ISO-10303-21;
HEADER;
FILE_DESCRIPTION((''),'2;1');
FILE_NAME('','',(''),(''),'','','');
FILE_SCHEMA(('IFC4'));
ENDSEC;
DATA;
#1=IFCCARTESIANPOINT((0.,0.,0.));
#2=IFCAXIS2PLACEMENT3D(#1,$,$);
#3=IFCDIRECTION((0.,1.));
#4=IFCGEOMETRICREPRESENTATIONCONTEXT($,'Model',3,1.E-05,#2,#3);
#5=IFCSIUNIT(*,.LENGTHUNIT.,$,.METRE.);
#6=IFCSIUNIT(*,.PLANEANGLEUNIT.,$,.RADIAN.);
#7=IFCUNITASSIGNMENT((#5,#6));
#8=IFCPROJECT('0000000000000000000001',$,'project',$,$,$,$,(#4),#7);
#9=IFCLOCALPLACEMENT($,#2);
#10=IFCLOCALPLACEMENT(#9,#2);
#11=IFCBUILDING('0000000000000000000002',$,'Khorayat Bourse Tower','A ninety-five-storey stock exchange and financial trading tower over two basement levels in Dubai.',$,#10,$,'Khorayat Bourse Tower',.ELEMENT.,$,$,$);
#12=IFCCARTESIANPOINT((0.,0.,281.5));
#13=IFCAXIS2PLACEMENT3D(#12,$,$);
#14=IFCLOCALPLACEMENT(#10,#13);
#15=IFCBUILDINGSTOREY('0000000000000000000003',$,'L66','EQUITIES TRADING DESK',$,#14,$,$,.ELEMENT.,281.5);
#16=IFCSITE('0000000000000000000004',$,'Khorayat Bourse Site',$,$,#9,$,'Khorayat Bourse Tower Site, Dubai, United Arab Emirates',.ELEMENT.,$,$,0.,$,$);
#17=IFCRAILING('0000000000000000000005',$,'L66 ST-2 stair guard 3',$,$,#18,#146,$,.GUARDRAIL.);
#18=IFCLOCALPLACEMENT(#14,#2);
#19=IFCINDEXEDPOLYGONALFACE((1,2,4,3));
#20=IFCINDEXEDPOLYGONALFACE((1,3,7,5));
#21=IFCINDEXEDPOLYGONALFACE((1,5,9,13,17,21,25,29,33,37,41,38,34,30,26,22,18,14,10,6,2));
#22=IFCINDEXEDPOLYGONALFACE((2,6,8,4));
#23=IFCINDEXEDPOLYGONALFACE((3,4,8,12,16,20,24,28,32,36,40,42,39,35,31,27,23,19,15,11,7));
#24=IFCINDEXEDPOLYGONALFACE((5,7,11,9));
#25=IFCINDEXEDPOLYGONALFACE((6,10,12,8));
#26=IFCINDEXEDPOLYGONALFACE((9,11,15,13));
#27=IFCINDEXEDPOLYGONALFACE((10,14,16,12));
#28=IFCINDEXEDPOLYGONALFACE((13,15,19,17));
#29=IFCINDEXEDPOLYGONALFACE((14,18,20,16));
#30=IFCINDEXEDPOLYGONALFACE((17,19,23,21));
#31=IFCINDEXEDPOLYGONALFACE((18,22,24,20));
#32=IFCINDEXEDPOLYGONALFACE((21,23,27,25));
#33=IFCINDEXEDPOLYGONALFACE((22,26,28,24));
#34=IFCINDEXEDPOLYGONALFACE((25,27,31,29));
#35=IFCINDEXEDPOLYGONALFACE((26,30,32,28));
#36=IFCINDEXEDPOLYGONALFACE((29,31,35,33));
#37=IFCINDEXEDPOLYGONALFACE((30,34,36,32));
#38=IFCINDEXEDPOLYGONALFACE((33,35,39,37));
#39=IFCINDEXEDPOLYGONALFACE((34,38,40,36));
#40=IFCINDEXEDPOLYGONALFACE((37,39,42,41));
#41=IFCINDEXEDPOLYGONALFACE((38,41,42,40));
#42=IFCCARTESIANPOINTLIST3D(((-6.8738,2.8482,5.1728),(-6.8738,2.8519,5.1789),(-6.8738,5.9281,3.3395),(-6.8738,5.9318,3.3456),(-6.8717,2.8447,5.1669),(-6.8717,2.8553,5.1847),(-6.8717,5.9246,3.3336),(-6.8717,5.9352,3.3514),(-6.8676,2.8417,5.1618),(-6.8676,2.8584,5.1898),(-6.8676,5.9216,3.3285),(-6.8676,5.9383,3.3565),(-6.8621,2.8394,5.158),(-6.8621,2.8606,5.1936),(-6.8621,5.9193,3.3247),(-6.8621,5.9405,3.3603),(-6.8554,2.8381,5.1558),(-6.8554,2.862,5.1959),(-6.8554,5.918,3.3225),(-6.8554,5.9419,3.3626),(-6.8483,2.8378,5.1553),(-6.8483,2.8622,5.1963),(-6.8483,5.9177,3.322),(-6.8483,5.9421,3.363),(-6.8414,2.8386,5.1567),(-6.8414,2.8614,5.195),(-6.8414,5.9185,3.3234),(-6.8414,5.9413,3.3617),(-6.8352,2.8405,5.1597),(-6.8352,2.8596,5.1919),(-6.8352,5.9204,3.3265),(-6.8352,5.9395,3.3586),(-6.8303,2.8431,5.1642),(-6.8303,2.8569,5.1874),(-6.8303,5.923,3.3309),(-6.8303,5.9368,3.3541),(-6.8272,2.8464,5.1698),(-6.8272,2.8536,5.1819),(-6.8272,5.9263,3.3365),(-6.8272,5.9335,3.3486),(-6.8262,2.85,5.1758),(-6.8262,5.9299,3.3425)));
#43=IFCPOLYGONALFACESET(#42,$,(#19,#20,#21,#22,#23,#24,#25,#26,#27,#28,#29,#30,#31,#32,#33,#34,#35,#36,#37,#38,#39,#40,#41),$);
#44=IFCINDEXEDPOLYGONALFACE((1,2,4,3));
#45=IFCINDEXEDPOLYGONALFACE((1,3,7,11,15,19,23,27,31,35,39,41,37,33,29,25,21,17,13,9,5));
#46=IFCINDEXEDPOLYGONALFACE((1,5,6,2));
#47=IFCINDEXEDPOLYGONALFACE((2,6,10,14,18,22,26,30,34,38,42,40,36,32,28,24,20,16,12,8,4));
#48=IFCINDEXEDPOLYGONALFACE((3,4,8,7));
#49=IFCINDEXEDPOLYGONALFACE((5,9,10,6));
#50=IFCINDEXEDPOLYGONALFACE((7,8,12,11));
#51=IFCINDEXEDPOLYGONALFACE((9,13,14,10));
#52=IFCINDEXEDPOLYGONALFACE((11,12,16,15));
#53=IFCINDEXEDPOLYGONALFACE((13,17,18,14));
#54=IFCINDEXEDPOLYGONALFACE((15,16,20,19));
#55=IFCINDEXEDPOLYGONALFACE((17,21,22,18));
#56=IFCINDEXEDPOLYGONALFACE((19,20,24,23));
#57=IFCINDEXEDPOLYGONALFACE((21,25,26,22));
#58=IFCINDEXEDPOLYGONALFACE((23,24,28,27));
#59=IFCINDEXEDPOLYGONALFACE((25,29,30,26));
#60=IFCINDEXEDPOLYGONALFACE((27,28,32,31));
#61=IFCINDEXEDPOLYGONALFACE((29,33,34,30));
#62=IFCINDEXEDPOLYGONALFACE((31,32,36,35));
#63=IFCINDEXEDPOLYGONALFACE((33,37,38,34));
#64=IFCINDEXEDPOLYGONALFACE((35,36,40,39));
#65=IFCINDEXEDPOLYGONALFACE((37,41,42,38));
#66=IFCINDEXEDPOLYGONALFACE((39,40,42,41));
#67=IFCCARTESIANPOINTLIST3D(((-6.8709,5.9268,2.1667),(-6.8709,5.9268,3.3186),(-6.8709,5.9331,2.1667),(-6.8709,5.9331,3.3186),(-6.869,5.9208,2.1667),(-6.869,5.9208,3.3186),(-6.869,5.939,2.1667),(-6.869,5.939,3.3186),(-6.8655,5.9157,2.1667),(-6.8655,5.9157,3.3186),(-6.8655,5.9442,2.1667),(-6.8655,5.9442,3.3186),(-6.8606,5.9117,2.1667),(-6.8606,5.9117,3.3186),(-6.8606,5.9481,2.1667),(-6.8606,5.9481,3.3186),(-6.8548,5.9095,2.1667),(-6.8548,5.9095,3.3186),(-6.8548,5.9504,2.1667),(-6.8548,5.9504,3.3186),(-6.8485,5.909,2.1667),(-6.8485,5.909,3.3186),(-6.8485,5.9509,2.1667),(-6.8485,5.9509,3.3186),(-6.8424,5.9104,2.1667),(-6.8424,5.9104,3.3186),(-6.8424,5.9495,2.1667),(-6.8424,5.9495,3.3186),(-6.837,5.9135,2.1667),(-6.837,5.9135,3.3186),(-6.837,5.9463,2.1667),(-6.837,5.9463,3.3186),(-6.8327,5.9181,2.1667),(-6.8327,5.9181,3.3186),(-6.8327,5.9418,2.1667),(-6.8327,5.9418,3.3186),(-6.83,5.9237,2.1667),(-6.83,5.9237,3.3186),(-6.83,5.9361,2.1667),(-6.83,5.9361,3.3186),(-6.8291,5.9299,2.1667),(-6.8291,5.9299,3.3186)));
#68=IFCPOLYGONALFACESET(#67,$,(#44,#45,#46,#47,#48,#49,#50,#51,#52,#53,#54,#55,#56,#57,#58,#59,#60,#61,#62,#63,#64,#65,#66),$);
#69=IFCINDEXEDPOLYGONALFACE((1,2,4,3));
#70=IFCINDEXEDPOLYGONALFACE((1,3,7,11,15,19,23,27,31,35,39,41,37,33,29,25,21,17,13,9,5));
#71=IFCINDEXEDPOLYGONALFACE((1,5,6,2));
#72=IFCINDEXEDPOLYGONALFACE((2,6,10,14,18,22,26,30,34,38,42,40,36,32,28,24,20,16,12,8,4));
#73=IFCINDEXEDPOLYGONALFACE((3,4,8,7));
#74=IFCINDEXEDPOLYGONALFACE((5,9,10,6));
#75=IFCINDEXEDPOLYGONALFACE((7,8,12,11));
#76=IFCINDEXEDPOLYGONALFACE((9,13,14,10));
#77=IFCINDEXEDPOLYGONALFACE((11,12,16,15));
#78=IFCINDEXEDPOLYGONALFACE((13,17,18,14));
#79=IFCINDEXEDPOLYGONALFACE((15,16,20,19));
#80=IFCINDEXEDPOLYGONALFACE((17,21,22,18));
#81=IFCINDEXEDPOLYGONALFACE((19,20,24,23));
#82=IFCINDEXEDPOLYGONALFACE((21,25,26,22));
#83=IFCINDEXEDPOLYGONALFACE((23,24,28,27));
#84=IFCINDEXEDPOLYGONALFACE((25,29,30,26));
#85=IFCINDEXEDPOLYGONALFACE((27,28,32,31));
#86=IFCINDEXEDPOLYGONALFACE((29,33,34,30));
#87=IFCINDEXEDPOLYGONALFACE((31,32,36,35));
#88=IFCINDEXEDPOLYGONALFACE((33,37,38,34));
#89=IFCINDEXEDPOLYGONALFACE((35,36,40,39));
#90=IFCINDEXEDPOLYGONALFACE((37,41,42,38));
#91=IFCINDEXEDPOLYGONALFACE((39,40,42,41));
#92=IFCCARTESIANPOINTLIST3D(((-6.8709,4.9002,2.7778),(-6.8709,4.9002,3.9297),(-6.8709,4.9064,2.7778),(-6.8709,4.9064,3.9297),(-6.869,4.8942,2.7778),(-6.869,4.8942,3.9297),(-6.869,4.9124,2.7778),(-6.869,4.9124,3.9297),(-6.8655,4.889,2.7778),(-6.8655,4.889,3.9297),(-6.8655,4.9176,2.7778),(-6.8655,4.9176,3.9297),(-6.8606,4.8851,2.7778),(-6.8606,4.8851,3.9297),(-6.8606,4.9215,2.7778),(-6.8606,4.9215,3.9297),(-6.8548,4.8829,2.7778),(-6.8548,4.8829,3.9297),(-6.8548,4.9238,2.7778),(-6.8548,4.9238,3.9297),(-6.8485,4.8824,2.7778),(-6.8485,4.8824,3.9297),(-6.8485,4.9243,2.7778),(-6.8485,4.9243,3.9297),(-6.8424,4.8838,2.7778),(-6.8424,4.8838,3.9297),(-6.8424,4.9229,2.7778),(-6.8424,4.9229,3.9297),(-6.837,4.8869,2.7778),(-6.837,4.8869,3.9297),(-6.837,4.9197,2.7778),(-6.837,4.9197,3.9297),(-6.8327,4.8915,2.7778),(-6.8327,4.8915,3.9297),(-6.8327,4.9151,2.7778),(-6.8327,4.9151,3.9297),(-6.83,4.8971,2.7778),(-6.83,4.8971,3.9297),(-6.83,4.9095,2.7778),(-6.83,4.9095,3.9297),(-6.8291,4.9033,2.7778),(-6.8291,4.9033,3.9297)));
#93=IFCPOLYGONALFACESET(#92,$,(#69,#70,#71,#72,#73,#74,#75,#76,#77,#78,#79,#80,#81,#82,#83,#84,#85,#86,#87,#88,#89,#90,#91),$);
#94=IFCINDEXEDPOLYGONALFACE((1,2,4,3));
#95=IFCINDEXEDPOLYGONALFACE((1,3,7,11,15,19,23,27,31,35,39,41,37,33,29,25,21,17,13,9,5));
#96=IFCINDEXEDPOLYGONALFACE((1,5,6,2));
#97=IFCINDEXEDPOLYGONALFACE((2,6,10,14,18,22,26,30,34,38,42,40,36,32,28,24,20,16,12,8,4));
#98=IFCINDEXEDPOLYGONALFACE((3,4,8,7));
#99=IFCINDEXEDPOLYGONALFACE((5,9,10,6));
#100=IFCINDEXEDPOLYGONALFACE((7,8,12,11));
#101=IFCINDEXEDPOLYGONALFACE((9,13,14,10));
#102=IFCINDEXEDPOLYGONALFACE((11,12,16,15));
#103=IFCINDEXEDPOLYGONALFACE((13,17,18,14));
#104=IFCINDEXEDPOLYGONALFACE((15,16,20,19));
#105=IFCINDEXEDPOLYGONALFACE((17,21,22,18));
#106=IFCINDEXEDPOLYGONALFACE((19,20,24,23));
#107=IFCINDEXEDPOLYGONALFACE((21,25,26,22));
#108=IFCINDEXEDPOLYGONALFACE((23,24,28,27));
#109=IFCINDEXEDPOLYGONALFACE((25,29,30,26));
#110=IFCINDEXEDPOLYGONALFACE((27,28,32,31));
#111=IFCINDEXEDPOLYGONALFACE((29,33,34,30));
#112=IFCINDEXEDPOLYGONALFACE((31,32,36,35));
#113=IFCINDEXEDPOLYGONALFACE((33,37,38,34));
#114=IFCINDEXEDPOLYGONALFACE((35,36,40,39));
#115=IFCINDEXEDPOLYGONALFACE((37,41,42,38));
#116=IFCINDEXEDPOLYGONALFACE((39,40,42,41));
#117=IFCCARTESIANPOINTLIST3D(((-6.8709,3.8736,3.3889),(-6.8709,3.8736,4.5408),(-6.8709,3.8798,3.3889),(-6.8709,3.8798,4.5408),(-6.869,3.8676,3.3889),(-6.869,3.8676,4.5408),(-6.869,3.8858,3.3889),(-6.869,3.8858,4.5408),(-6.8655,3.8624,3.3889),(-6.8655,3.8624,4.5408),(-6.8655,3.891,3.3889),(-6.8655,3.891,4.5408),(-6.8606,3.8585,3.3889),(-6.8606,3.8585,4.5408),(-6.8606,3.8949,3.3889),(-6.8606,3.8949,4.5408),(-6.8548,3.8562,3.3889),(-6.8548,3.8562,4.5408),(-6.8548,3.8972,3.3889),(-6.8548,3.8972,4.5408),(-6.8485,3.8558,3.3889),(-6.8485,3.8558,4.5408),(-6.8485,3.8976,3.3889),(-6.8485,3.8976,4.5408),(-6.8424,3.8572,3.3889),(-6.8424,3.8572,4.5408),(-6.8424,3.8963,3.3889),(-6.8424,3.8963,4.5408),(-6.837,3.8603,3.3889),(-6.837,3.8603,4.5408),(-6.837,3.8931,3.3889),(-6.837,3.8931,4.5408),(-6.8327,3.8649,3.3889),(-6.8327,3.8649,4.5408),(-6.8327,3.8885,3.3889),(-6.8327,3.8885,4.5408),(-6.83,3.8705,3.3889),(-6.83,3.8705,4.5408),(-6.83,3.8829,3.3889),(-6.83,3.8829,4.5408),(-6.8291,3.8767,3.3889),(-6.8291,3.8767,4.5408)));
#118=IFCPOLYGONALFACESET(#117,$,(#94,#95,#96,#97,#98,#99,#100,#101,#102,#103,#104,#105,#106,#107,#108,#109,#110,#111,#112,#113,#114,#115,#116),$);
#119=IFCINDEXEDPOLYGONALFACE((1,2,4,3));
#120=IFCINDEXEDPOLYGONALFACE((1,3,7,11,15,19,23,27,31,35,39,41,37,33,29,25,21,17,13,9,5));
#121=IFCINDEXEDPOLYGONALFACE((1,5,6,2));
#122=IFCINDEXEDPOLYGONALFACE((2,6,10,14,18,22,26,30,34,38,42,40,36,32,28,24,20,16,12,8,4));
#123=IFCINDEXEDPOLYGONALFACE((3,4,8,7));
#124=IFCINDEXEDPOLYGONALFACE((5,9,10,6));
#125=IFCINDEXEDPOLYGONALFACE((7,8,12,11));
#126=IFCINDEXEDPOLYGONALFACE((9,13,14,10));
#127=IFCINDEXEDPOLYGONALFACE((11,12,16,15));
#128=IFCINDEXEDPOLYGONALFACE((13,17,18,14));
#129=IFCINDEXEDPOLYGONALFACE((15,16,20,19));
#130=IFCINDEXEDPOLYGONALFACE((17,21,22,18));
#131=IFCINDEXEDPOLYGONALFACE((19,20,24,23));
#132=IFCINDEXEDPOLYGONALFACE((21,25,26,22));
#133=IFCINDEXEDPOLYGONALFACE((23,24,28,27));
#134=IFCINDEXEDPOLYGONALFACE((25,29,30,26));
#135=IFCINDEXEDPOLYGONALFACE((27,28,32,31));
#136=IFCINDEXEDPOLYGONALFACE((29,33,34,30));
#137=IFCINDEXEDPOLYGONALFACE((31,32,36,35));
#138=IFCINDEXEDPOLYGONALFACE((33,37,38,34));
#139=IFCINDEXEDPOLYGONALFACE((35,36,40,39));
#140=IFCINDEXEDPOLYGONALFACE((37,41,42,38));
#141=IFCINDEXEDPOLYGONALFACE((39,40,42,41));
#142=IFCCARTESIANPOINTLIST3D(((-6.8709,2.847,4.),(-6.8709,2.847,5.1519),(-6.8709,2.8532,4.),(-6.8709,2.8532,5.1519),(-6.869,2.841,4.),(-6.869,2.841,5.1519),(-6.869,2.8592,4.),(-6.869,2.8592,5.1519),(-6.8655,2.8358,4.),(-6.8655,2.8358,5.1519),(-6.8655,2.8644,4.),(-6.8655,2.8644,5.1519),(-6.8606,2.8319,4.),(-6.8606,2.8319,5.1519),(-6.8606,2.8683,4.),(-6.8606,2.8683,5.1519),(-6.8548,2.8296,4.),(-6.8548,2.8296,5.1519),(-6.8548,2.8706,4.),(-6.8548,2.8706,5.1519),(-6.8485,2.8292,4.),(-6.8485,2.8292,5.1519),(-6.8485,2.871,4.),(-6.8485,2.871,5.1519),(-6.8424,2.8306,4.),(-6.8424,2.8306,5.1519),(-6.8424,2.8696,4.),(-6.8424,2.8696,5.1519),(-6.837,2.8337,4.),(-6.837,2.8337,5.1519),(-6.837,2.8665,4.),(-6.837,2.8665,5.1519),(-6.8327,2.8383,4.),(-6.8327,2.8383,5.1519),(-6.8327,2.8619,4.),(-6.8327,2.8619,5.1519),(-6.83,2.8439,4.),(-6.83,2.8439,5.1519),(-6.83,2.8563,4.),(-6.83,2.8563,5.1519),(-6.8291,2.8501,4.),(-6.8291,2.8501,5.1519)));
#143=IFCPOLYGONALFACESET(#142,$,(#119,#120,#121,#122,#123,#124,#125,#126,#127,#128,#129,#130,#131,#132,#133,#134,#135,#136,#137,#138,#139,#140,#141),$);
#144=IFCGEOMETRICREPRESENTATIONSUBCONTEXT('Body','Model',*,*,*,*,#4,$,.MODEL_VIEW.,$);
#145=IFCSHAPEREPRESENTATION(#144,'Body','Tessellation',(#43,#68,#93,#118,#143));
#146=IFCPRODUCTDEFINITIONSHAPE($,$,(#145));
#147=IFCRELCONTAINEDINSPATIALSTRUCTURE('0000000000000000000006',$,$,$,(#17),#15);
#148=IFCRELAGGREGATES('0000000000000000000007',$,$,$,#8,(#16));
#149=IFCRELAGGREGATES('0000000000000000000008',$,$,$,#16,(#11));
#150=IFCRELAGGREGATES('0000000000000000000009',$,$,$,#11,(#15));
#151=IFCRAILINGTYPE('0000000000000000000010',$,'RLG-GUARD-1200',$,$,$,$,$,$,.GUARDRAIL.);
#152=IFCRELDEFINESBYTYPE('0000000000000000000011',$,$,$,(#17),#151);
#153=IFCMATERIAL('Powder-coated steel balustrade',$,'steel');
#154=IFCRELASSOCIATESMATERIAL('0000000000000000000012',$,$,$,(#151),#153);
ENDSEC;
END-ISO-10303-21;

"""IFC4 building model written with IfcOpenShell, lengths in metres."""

from ifc_helpers import new_model, si_unit, direction, frame, origin, origin_2d, place, context, subcontext, project, spatial, circle, extrude, source, transform, mapped, material, type_object, element, save


model = new_model("IFC4")

# Units and contexts
model_context = context("Model", 3, precision=1e-05, world=origin(), true_north=direction((0.0, 1.0)))
body_context = subcontext(model_context, "Body", "Model", "MODEL_VIEW")
ifc_project = project(units=[si_unit("LENGTHUNIT", "METRE"), si_unit("PLANEANGLEUNIT", "RADIAN")], contexts=[model_context])

# Site, building, storey
site_placement = place(None, origin())
site = spatial("IfcSite", under=ifc_project, at=site_placement, Name="Khorayat Bourse Site", LongName="Khorayat Bourse Tower Site, Dubai, United Arab Emirates", CompositionType="ELEMENT", RefElevation=0.0)
building_placement = place(site_placement, origin())
building = spatial("IfcBuilding", under=site, at=building_placement, Name="Khorayat Bourse Tower", Description="A ninety-five-storey stock exchange and financial trading tower over two basement levels in Dubai.", LongName="Khorayat Bourse Tower", CompositionType="ELEMENT")
storey_placement = place(building_placement, frame((0.0, 0.0, 281.5)))
storey = spatial("IfcBuildingStorey", under=building, at=storey_placement, Name="L66", Description="EQUITIES TRADING DESK", CompositionType="ELEMENT", Elevation=281.5)

# Railing
ifc_material_1 = material(Name="Powder-coated steel balustrade", Category="steel")
railing_type_1 = type_object("IfcRailingType", Name="RLG-GUARD-1200", PredefinedType="GUARDRAIL", material=ifc_material_1)
shared_shape_1 = source(origin(), body_context, "Body", "SweptSolid", [
    extrude(circle(Radius=0.0239, at=origin_2d()), frame((0.0, 0.0, 1.1758), z_axis=(0.0, -0.859291, 0.511487), x_axis=(1.0, 0.0, 0.0)), (0.0, 0.0, 1.0), 3.5842),
    extrude(circle(Radius=0.021, at=origin_2d()), origin(), (0.0, 0.0, 1.0), 1.1519),
    extrude(circle(Radius=0.021, at=origin_2d()), frame((0.0, -1.0266, 0.6111)), (0.0, 0.0, 1.0), 1.1519),
    extrude(circle(Radius=0.021, at=origin_2d()), frame((0.0, -2.0532, 1.2222)), (0.0, 0.0, 1.0), 1.1519),
    extrude(circle(Radius=0.021, at=origin_2d()), frame((0.0, -3.0798, 1.8333)), (0.0, 0.0, 1.0), 1.1519),
])
railing_1_placement = place(storey_placement, frame((-6.8501, 5.9299, 2.1667)))
element("IfcRailing", 1, at=railing_1_placement, inside=storey, type_object=railing_type_1, Name="L66 ST-2 stair guard 3", PredefinedType="GUARDRAIL", context=body_context, shape_type="MappedRepresentation", body=[
    mapped(shared_shape_1, transform((0.0, 0.0, 0.0), scale=1.0)),
])

save(model, "model.ifc")
